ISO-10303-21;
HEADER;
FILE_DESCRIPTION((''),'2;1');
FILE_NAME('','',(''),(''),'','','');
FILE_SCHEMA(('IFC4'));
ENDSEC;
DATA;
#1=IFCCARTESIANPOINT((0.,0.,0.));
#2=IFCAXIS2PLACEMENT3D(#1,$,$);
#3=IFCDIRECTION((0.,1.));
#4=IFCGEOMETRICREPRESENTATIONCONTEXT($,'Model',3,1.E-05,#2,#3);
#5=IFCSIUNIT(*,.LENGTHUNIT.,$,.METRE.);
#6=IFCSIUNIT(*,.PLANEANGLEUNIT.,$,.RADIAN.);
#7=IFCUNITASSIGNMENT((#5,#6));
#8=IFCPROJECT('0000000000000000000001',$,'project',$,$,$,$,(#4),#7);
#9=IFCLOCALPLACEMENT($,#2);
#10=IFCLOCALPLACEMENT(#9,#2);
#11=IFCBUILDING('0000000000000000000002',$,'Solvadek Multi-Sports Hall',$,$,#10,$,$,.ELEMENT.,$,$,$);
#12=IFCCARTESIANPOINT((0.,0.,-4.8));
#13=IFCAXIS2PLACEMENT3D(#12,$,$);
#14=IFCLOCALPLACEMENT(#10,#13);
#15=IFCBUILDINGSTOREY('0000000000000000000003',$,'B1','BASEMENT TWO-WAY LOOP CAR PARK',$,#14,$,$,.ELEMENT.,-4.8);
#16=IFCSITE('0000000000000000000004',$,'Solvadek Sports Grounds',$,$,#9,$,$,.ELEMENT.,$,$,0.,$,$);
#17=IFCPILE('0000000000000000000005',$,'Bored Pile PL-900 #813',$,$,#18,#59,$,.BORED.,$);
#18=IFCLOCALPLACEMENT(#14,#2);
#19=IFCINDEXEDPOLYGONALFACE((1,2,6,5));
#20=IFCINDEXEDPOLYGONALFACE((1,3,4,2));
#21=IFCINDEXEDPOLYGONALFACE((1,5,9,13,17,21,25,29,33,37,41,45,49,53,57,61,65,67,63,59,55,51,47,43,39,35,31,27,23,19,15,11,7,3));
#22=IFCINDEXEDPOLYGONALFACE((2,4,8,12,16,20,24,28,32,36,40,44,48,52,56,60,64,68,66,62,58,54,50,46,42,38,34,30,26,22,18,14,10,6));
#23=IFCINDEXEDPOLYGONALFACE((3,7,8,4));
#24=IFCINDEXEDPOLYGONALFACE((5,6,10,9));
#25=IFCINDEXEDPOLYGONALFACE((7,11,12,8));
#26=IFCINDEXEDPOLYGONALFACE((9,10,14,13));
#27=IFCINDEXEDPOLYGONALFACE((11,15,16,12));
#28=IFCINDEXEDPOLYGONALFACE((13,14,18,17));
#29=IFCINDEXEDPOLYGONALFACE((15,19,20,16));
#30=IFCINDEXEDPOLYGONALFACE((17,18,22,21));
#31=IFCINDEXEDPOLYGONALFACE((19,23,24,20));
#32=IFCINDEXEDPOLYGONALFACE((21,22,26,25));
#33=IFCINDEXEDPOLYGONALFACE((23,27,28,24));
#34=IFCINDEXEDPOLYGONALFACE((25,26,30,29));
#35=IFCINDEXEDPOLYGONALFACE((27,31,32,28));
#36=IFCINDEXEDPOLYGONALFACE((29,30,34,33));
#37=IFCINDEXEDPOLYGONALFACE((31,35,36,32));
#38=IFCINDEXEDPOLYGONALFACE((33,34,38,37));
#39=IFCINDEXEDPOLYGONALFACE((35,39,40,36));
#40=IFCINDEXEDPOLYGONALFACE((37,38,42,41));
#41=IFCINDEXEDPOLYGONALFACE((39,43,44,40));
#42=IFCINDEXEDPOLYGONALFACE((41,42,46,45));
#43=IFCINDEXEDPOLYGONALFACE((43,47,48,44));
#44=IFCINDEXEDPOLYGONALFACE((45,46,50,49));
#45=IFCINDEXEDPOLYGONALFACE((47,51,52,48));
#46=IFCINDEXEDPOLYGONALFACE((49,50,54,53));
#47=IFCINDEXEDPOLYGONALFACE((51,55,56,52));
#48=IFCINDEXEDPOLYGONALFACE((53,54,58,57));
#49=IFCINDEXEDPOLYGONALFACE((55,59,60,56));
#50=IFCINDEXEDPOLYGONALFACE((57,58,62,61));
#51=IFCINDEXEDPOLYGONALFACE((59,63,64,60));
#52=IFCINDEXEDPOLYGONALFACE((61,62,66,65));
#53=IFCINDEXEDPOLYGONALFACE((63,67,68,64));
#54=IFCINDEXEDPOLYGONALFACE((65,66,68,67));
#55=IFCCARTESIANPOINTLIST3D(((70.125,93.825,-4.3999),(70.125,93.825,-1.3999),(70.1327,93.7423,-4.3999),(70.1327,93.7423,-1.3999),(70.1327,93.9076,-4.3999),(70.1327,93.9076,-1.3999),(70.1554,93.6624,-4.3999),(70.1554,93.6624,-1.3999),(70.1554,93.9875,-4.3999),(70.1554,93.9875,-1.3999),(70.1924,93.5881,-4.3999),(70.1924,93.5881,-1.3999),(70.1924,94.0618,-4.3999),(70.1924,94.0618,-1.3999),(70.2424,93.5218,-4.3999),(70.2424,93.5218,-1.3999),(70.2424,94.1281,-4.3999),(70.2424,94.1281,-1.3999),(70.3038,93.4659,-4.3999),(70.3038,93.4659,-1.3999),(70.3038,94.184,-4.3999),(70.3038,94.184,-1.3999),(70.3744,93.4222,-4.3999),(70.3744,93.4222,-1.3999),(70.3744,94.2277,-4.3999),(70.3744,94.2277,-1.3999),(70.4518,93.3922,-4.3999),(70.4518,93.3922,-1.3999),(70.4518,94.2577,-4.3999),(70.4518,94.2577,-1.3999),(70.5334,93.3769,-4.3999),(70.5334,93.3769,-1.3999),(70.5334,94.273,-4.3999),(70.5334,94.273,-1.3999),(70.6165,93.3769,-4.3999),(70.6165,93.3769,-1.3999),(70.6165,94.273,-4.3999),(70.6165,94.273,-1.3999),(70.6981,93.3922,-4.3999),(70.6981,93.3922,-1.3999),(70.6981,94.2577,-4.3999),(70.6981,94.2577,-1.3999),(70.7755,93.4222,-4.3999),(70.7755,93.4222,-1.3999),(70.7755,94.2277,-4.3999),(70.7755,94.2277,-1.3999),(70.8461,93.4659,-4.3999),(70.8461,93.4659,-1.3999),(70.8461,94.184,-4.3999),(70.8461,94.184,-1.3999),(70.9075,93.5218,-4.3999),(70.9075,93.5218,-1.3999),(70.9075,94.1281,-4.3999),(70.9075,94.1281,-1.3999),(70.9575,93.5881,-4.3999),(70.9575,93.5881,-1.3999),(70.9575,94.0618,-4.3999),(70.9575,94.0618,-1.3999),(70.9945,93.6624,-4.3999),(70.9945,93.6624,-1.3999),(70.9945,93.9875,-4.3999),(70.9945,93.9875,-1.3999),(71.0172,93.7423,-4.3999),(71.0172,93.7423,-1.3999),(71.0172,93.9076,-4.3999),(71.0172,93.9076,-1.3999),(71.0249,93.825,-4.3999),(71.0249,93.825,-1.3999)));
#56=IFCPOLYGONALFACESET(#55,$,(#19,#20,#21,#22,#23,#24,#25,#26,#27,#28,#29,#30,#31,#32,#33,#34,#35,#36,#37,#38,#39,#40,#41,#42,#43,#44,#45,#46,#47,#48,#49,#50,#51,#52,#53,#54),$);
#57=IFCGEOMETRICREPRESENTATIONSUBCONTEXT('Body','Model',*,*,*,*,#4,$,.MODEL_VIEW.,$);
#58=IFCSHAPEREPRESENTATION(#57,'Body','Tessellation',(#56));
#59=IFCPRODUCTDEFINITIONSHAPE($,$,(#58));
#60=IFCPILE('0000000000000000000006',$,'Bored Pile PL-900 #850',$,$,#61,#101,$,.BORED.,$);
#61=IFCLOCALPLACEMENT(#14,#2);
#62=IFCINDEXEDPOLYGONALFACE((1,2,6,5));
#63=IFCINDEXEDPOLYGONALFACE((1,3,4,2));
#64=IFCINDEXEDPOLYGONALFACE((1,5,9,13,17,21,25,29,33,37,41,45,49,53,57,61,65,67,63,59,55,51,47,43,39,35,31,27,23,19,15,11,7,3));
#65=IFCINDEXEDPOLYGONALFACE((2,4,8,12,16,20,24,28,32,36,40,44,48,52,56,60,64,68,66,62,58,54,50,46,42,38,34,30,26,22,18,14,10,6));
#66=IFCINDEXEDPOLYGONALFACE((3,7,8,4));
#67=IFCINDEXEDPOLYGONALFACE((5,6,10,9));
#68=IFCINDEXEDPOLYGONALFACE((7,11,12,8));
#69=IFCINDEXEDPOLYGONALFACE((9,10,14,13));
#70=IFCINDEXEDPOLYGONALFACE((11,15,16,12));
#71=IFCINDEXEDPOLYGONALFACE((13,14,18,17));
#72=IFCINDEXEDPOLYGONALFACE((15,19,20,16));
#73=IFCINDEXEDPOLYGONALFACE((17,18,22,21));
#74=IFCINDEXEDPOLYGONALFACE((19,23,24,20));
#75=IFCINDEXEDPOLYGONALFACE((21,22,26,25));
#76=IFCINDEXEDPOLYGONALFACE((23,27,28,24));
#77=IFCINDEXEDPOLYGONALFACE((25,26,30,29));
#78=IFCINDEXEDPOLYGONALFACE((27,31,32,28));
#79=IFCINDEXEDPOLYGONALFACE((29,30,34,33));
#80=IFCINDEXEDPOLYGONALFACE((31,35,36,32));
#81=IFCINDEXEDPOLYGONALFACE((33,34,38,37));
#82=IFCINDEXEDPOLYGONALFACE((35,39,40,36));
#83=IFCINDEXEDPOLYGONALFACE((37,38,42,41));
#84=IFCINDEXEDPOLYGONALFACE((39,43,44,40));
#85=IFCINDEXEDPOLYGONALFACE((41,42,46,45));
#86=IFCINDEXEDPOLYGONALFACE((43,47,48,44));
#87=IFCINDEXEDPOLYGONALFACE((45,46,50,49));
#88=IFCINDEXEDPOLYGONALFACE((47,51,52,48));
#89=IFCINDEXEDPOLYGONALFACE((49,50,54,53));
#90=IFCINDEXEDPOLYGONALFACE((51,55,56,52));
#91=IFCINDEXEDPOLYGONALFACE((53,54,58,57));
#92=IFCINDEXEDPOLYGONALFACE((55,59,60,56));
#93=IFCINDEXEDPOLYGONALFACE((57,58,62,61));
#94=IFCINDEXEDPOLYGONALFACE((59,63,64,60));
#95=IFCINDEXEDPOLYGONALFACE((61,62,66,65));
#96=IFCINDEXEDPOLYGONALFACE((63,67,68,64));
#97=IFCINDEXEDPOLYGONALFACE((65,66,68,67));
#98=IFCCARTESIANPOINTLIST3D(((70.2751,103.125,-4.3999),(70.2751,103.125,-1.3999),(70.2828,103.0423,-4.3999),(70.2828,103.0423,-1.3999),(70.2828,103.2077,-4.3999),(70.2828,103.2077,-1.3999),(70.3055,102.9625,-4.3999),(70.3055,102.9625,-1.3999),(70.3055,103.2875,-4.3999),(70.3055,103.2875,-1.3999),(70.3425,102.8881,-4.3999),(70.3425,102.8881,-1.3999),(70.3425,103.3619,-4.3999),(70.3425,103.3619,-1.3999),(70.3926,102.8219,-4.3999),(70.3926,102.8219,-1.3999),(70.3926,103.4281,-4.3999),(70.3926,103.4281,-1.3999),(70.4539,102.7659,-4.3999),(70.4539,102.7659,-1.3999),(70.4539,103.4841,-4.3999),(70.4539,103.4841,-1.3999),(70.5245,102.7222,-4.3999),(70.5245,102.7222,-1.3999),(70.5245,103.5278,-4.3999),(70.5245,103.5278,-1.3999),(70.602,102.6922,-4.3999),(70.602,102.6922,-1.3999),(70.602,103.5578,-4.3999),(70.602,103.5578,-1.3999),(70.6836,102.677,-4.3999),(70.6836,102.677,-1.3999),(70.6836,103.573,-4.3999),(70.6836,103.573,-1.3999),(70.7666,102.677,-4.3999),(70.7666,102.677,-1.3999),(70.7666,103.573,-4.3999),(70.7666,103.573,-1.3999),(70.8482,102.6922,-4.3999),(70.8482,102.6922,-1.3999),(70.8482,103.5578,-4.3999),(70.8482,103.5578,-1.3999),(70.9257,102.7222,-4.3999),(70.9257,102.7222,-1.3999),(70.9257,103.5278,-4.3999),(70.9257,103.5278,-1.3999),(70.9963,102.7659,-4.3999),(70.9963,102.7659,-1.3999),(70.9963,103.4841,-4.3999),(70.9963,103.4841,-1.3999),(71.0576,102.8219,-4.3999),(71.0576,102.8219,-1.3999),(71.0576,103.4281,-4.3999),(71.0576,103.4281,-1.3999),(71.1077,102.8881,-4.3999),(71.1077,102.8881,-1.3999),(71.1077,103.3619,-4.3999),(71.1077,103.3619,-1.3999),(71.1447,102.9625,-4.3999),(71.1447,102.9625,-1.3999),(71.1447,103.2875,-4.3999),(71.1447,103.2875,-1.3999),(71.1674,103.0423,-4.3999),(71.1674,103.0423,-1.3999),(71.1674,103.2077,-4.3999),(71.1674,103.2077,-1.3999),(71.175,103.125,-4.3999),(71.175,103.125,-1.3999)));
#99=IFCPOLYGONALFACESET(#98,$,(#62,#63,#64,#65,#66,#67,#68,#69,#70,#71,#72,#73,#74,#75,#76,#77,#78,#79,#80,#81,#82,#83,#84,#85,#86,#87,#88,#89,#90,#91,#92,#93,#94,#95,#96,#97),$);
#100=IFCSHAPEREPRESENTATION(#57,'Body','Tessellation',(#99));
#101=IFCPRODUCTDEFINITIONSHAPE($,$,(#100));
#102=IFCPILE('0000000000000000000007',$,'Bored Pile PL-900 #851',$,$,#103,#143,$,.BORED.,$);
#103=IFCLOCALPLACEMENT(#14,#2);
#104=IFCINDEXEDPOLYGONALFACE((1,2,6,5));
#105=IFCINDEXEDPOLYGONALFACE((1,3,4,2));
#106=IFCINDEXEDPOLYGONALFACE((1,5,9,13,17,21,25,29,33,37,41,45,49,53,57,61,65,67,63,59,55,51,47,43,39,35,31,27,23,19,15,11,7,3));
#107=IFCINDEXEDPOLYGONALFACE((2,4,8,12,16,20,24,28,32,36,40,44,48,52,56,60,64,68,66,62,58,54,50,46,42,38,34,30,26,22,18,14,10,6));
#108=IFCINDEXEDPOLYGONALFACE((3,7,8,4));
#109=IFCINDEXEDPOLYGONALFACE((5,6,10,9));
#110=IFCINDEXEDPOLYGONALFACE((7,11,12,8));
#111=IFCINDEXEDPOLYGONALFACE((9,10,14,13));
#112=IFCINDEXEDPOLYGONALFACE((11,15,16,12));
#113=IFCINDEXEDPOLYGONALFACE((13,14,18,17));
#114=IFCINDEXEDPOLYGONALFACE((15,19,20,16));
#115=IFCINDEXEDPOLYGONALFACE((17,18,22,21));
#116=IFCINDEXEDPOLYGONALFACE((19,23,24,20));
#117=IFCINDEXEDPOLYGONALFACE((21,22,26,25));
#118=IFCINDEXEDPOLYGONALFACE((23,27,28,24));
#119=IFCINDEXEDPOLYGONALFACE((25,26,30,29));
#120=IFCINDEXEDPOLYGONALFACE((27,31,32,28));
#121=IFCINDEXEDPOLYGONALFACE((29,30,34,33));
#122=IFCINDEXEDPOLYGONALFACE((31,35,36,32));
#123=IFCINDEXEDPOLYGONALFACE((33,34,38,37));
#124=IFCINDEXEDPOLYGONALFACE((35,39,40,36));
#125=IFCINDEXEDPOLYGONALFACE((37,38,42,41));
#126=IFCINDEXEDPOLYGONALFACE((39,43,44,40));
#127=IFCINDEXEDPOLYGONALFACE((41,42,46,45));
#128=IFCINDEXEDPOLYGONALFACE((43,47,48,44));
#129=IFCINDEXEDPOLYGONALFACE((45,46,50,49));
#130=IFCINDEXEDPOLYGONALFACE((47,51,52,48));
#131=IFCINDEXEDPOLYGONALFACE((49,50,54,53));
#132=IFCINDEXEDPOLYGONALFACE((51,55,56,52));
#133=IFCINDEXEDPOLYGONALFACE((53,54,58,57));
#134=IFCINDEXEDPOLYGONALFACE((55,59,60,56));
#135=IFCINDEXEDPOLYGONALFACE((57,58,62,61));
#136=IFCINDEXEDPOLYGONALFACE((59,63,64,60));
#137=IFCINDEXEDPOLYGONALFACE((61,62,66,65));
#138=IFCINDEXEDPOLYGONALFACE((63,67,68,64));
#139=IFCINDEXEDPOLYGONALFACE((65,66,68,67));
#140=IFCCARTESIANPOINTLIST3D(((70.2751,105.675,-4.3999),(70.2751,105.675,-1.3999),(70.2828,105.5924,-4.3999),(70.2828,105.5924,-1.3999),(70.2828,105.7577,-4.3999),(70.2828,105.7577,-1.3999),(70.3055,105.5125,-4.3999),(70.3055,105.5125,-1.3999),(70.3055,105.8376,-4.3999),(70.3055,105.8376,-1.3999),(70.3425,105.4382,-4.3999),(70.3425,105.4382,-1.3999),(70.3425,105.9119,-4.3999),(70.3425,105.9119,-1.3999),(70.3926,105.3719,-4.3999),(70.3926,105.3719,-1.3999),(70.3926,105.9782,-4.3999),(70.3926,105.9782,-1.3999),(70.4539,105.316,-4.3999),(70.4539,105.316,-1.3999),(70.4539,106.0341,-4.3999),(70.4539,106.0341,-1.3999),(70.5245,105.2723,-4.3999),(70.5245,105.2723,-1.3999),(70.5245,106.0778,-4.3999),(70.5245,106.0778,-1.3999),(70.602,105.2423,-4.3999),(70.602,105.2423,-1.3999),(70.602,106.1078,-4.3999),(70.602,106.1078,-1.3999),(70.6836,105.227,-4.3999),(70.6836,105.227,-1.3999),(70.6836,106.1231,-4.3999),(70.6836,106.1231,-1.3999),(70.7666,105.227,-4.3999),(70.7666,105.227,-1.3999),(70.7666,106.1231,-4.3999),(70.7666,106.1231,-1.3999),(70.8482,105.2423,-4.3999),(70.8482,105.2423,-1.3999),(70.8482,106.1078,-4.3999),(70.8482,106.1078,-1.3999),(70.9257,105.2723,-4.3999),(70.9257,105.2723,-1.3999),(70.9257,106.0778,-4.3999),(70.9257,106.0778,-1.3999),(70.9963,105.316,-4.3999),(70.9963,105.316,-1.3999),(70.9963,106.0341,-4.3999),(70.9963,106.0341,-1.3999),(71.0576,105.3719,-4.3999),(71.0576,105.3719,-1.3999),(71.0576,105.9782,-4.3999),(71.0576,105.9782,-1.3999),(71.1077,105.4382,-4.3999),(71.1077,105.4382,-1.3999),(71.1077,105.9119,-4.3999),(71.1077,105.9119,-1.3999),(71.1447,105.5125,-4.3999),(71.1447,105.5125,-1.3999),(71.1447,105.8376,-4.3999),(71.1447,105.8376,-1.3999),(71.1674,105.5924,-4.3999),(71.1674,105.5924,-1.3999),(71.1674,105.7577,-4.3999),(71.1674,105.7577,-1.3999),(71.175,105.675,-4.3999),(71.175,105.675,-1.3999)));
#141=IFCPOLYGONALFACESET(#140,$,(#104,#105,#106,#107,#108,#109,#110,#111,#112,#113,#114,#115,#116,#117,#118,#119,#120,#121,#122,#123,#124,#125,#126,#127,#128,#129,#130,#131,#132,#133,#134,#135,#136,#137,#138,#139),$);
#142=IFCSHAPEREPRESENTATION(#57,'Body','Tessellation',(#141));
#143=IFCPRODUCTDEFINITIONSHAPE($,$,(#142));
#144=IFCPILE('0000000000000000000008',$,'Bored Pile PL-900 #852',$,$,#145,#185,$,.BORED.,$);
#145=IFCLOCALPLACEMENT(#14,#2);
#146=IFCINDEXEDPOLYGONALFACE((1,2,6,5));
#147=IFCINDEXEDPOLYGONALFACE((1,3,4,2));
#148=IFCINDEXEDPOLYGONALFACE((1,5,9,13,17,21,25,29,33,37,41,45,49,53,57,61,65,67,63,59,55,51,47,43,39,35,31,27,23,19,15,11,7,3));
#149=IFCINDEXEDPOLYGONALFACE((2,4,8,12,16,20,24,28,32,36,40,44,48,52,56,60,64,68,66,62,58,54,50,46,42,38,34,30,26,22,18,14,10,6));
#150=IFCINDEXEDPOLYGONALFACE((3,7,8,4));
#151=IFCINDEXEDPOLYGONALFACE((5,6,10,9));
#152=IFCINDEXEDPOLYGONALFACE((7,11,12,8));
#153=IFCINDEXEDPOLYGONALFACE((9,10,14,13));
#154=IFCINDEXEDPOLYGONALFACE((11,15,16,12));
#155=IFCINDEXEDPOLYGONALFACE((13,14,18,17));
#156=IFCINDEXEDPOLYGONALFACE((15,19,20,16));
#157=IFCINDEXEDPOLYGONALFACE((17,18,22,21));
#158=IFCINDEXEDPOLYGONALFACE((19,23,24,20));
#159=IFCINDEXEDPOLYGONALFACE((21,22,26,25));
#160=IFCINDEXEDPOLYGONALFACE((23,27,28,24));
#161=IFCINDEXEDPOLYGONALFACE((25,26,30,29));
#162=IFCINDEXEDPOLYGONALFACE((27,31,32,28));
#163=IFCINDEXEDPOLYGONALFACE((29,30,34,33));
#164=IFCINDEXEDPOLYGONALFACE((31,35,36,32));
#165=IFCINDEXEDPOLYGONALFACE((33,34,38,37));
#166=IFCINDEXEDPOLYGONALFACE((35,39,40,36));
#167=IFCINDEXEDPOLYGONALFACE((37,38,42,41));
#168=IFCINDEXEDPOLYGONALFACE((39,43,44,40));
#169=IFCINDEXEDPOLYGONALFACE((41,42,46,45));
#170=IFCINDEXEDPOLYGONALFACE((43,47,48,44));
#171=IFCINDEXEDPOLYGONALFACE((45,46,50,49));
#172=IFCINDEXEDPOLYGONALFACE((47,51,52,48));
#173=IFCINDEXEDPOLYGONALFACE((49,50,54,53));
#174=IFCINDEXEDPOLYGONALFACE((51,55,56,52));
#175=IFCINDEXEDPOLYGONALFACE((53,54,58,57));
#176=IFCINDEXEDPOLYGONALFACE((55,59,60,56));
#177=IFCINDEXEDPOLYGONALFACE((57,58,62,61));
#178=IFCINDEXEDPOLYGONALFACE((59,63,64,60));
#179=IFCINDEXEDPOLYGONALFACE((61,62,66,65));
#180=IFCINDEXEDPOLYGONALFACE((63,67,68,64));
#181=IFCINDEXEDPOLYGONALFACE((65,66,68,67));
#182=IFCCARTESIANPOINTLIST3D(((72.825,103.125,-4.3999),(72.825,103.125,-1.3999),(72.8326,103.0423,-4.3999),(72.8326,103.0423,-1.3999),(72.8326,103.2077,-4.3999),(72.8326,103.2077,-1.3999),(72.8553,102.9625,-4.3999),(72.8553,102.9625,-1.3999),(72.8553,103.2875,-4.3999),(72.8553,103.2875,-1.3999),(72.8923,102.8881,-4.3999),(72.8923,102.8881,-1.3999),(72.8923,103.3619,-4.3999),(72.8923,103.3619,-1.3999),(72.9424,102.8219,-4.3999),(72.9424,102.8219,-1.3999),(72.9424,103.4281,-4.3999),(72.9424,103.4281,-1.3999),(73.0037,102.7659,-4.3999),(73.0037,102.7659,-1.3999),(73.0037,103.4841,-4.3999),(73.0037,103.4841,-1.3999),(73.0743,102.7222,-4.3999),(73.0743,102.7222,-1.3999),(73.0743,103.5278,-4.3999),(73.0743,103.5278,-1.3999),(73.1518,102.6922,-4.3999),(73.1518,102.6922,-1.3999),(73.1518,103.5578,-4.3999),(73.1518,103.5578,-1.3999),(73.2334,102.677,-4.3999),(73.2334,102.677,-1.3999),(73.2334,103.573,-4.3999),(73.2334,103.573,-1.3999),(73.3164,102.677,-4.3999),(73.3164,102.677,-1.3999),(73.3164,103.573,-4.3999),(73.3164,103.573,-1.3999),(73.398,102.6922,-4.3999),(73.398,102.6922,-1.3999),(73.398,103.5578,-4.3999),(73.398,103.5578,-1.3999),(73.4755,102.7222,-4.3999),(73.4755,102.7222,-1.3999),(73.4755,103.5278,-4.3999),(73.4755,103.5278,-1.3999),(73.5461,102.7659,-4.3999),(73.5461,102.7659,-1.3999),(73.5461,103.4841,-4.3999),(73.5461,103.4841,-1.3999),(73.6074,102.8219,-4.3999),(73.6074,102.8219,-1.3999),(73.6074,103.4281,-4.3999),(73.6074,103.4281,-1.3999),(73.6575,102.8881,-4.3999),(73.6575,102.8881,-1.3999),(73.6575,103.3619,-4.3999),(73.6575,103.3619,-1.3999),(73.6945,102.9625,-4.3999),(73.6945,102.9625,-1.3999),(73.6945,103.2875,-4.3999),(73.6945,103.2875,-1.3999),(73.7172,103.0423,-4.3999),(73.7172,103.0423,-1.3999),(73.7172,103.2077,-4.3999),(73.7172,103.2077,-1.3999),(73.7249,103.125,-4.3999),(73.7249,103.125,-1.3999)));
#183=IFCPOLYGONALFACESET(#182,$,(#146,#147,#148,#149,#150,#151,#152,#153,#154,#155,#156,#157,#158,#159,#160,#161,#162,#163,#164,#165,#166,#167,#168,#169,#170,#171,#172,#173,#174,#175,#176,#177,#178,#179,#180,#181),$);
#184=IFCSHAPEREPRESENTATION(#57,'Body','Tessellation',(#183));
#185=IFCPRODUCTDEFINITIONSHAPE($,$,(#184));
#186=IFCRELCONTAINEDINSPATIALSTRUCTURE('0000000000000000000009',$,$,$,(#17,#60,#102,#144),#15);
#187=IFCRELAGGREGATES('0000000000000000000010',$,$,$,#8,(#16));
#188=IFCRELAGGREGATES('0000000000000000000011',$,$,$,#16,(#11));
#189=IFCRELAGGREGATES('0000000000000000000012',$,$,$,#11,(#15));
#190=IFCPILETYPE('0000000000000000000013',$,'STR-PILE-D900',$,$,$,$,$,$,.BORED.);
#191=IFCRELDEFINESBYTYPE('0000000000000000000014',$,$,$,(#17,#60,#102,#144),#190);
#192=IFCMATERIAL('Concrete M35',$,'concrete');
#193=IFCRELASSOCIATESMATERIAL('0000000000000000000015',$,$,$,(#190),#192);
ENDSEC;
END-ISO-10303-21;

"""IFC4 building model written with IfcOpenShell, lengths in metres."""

from ifc_helpers import new_model, si_unit, direction, frame, origin, origin_2d, place, context, subcontext, project, spatial, circle, extrude, material, material_profile, profile_set, type_object, element, save


model = new_model("IFC4")

# Units and contexts
model_context = context("Model", 3, precision=1e-05, world=origin(), true_north=direction((0.0, 1.0)))
body_context = subcontext(model_context, "Body", "Model", "MODEL_VIEW")
ifc_project = project(units=[si_unit("LENGTHUNIT", "METRE"), si_unit("PLANEANGLEUNIT", "RADIAN")], contexts=[model_context])

# Site, building, storey
site_placement = place(None, origin())
site = spatial("IfcSite", under=ifc_project, at=site_placement, Name="Solvadek Sports Grounds", CompositionType="ELEMENT", RefElevation=0.0)
building_placement = place(site_placement, origin())
building = spatial("IfcBuilding", under=site, at=building_placement, Name="Solvadek Multi-Sports Hall", CompositionType="ELEMENT")
storey_placement = place(building_placement, frame((0.0, 0.0, -4.8)))
storey = spatial("IfcBuildingStorey", under=building, at=storey_placement, Name="B1", Description="BASEMENT TWO-WAY LOOP CAR PARK", CompositionType="ELEMENT", Elevation=-4.8)

# Piles
ifc_material_1 = material(Name="Concrete M35", Category="concrete")
ifc_material_profile_1 = material_profile(ifc_material_1, circle(Radius=0.45, at=origin_2d()), Name="BORED PILE D900")
ifc_profile_set_1 = profile_set([ifc_material_profile_1], Name="Concrete M35")
pile_type_1 = type_object("IfcPileType", Name="STR-PILE-D900", PredefinedType="BORED", material=ifc_profile_set_1)
for number, where, z_axis, x_axis, name in (
    (1, (70.575, 93.825, -1.3999), (0.0, 0.0, -1.0), (1.0, 0.0, 0.0), "Bored Pile PL-900 #813"),
    (2, (70.7251, 103.125, -1.3999), (0.0, 0.0, -1.0), (1.0, 0.0, 0.0), "Bored Pile PL-900 #850"),
    (3, (70.7251, 105.675, -1.3999), (0.0, 0.0, -1.0), (1.0, 0.0, 0.0), "Bored Pile PL-900 #851"),
    (4, (73.2749, 103.125, -1.3999), (0.0, 0.0, -1.0), (1.0, 0.0, 0.0), "Bored Pile PL-900 #852"),
):
    element("IfcPile", number, at=place(storey_placement, frame(where, z_axis=z_axis, x_axis=x_axis)), inside=storey, type_object=pile_type_1, Name=name, PredefinedType="BORED", context=body_context, shape_type="SweptSolid", body=[
        extrude(circle(Radius=0.45, at=origin_2d()), origin(), (0.0, 0.0, 1.0), 3.0),
    ])

save(model, "model.ifc")
